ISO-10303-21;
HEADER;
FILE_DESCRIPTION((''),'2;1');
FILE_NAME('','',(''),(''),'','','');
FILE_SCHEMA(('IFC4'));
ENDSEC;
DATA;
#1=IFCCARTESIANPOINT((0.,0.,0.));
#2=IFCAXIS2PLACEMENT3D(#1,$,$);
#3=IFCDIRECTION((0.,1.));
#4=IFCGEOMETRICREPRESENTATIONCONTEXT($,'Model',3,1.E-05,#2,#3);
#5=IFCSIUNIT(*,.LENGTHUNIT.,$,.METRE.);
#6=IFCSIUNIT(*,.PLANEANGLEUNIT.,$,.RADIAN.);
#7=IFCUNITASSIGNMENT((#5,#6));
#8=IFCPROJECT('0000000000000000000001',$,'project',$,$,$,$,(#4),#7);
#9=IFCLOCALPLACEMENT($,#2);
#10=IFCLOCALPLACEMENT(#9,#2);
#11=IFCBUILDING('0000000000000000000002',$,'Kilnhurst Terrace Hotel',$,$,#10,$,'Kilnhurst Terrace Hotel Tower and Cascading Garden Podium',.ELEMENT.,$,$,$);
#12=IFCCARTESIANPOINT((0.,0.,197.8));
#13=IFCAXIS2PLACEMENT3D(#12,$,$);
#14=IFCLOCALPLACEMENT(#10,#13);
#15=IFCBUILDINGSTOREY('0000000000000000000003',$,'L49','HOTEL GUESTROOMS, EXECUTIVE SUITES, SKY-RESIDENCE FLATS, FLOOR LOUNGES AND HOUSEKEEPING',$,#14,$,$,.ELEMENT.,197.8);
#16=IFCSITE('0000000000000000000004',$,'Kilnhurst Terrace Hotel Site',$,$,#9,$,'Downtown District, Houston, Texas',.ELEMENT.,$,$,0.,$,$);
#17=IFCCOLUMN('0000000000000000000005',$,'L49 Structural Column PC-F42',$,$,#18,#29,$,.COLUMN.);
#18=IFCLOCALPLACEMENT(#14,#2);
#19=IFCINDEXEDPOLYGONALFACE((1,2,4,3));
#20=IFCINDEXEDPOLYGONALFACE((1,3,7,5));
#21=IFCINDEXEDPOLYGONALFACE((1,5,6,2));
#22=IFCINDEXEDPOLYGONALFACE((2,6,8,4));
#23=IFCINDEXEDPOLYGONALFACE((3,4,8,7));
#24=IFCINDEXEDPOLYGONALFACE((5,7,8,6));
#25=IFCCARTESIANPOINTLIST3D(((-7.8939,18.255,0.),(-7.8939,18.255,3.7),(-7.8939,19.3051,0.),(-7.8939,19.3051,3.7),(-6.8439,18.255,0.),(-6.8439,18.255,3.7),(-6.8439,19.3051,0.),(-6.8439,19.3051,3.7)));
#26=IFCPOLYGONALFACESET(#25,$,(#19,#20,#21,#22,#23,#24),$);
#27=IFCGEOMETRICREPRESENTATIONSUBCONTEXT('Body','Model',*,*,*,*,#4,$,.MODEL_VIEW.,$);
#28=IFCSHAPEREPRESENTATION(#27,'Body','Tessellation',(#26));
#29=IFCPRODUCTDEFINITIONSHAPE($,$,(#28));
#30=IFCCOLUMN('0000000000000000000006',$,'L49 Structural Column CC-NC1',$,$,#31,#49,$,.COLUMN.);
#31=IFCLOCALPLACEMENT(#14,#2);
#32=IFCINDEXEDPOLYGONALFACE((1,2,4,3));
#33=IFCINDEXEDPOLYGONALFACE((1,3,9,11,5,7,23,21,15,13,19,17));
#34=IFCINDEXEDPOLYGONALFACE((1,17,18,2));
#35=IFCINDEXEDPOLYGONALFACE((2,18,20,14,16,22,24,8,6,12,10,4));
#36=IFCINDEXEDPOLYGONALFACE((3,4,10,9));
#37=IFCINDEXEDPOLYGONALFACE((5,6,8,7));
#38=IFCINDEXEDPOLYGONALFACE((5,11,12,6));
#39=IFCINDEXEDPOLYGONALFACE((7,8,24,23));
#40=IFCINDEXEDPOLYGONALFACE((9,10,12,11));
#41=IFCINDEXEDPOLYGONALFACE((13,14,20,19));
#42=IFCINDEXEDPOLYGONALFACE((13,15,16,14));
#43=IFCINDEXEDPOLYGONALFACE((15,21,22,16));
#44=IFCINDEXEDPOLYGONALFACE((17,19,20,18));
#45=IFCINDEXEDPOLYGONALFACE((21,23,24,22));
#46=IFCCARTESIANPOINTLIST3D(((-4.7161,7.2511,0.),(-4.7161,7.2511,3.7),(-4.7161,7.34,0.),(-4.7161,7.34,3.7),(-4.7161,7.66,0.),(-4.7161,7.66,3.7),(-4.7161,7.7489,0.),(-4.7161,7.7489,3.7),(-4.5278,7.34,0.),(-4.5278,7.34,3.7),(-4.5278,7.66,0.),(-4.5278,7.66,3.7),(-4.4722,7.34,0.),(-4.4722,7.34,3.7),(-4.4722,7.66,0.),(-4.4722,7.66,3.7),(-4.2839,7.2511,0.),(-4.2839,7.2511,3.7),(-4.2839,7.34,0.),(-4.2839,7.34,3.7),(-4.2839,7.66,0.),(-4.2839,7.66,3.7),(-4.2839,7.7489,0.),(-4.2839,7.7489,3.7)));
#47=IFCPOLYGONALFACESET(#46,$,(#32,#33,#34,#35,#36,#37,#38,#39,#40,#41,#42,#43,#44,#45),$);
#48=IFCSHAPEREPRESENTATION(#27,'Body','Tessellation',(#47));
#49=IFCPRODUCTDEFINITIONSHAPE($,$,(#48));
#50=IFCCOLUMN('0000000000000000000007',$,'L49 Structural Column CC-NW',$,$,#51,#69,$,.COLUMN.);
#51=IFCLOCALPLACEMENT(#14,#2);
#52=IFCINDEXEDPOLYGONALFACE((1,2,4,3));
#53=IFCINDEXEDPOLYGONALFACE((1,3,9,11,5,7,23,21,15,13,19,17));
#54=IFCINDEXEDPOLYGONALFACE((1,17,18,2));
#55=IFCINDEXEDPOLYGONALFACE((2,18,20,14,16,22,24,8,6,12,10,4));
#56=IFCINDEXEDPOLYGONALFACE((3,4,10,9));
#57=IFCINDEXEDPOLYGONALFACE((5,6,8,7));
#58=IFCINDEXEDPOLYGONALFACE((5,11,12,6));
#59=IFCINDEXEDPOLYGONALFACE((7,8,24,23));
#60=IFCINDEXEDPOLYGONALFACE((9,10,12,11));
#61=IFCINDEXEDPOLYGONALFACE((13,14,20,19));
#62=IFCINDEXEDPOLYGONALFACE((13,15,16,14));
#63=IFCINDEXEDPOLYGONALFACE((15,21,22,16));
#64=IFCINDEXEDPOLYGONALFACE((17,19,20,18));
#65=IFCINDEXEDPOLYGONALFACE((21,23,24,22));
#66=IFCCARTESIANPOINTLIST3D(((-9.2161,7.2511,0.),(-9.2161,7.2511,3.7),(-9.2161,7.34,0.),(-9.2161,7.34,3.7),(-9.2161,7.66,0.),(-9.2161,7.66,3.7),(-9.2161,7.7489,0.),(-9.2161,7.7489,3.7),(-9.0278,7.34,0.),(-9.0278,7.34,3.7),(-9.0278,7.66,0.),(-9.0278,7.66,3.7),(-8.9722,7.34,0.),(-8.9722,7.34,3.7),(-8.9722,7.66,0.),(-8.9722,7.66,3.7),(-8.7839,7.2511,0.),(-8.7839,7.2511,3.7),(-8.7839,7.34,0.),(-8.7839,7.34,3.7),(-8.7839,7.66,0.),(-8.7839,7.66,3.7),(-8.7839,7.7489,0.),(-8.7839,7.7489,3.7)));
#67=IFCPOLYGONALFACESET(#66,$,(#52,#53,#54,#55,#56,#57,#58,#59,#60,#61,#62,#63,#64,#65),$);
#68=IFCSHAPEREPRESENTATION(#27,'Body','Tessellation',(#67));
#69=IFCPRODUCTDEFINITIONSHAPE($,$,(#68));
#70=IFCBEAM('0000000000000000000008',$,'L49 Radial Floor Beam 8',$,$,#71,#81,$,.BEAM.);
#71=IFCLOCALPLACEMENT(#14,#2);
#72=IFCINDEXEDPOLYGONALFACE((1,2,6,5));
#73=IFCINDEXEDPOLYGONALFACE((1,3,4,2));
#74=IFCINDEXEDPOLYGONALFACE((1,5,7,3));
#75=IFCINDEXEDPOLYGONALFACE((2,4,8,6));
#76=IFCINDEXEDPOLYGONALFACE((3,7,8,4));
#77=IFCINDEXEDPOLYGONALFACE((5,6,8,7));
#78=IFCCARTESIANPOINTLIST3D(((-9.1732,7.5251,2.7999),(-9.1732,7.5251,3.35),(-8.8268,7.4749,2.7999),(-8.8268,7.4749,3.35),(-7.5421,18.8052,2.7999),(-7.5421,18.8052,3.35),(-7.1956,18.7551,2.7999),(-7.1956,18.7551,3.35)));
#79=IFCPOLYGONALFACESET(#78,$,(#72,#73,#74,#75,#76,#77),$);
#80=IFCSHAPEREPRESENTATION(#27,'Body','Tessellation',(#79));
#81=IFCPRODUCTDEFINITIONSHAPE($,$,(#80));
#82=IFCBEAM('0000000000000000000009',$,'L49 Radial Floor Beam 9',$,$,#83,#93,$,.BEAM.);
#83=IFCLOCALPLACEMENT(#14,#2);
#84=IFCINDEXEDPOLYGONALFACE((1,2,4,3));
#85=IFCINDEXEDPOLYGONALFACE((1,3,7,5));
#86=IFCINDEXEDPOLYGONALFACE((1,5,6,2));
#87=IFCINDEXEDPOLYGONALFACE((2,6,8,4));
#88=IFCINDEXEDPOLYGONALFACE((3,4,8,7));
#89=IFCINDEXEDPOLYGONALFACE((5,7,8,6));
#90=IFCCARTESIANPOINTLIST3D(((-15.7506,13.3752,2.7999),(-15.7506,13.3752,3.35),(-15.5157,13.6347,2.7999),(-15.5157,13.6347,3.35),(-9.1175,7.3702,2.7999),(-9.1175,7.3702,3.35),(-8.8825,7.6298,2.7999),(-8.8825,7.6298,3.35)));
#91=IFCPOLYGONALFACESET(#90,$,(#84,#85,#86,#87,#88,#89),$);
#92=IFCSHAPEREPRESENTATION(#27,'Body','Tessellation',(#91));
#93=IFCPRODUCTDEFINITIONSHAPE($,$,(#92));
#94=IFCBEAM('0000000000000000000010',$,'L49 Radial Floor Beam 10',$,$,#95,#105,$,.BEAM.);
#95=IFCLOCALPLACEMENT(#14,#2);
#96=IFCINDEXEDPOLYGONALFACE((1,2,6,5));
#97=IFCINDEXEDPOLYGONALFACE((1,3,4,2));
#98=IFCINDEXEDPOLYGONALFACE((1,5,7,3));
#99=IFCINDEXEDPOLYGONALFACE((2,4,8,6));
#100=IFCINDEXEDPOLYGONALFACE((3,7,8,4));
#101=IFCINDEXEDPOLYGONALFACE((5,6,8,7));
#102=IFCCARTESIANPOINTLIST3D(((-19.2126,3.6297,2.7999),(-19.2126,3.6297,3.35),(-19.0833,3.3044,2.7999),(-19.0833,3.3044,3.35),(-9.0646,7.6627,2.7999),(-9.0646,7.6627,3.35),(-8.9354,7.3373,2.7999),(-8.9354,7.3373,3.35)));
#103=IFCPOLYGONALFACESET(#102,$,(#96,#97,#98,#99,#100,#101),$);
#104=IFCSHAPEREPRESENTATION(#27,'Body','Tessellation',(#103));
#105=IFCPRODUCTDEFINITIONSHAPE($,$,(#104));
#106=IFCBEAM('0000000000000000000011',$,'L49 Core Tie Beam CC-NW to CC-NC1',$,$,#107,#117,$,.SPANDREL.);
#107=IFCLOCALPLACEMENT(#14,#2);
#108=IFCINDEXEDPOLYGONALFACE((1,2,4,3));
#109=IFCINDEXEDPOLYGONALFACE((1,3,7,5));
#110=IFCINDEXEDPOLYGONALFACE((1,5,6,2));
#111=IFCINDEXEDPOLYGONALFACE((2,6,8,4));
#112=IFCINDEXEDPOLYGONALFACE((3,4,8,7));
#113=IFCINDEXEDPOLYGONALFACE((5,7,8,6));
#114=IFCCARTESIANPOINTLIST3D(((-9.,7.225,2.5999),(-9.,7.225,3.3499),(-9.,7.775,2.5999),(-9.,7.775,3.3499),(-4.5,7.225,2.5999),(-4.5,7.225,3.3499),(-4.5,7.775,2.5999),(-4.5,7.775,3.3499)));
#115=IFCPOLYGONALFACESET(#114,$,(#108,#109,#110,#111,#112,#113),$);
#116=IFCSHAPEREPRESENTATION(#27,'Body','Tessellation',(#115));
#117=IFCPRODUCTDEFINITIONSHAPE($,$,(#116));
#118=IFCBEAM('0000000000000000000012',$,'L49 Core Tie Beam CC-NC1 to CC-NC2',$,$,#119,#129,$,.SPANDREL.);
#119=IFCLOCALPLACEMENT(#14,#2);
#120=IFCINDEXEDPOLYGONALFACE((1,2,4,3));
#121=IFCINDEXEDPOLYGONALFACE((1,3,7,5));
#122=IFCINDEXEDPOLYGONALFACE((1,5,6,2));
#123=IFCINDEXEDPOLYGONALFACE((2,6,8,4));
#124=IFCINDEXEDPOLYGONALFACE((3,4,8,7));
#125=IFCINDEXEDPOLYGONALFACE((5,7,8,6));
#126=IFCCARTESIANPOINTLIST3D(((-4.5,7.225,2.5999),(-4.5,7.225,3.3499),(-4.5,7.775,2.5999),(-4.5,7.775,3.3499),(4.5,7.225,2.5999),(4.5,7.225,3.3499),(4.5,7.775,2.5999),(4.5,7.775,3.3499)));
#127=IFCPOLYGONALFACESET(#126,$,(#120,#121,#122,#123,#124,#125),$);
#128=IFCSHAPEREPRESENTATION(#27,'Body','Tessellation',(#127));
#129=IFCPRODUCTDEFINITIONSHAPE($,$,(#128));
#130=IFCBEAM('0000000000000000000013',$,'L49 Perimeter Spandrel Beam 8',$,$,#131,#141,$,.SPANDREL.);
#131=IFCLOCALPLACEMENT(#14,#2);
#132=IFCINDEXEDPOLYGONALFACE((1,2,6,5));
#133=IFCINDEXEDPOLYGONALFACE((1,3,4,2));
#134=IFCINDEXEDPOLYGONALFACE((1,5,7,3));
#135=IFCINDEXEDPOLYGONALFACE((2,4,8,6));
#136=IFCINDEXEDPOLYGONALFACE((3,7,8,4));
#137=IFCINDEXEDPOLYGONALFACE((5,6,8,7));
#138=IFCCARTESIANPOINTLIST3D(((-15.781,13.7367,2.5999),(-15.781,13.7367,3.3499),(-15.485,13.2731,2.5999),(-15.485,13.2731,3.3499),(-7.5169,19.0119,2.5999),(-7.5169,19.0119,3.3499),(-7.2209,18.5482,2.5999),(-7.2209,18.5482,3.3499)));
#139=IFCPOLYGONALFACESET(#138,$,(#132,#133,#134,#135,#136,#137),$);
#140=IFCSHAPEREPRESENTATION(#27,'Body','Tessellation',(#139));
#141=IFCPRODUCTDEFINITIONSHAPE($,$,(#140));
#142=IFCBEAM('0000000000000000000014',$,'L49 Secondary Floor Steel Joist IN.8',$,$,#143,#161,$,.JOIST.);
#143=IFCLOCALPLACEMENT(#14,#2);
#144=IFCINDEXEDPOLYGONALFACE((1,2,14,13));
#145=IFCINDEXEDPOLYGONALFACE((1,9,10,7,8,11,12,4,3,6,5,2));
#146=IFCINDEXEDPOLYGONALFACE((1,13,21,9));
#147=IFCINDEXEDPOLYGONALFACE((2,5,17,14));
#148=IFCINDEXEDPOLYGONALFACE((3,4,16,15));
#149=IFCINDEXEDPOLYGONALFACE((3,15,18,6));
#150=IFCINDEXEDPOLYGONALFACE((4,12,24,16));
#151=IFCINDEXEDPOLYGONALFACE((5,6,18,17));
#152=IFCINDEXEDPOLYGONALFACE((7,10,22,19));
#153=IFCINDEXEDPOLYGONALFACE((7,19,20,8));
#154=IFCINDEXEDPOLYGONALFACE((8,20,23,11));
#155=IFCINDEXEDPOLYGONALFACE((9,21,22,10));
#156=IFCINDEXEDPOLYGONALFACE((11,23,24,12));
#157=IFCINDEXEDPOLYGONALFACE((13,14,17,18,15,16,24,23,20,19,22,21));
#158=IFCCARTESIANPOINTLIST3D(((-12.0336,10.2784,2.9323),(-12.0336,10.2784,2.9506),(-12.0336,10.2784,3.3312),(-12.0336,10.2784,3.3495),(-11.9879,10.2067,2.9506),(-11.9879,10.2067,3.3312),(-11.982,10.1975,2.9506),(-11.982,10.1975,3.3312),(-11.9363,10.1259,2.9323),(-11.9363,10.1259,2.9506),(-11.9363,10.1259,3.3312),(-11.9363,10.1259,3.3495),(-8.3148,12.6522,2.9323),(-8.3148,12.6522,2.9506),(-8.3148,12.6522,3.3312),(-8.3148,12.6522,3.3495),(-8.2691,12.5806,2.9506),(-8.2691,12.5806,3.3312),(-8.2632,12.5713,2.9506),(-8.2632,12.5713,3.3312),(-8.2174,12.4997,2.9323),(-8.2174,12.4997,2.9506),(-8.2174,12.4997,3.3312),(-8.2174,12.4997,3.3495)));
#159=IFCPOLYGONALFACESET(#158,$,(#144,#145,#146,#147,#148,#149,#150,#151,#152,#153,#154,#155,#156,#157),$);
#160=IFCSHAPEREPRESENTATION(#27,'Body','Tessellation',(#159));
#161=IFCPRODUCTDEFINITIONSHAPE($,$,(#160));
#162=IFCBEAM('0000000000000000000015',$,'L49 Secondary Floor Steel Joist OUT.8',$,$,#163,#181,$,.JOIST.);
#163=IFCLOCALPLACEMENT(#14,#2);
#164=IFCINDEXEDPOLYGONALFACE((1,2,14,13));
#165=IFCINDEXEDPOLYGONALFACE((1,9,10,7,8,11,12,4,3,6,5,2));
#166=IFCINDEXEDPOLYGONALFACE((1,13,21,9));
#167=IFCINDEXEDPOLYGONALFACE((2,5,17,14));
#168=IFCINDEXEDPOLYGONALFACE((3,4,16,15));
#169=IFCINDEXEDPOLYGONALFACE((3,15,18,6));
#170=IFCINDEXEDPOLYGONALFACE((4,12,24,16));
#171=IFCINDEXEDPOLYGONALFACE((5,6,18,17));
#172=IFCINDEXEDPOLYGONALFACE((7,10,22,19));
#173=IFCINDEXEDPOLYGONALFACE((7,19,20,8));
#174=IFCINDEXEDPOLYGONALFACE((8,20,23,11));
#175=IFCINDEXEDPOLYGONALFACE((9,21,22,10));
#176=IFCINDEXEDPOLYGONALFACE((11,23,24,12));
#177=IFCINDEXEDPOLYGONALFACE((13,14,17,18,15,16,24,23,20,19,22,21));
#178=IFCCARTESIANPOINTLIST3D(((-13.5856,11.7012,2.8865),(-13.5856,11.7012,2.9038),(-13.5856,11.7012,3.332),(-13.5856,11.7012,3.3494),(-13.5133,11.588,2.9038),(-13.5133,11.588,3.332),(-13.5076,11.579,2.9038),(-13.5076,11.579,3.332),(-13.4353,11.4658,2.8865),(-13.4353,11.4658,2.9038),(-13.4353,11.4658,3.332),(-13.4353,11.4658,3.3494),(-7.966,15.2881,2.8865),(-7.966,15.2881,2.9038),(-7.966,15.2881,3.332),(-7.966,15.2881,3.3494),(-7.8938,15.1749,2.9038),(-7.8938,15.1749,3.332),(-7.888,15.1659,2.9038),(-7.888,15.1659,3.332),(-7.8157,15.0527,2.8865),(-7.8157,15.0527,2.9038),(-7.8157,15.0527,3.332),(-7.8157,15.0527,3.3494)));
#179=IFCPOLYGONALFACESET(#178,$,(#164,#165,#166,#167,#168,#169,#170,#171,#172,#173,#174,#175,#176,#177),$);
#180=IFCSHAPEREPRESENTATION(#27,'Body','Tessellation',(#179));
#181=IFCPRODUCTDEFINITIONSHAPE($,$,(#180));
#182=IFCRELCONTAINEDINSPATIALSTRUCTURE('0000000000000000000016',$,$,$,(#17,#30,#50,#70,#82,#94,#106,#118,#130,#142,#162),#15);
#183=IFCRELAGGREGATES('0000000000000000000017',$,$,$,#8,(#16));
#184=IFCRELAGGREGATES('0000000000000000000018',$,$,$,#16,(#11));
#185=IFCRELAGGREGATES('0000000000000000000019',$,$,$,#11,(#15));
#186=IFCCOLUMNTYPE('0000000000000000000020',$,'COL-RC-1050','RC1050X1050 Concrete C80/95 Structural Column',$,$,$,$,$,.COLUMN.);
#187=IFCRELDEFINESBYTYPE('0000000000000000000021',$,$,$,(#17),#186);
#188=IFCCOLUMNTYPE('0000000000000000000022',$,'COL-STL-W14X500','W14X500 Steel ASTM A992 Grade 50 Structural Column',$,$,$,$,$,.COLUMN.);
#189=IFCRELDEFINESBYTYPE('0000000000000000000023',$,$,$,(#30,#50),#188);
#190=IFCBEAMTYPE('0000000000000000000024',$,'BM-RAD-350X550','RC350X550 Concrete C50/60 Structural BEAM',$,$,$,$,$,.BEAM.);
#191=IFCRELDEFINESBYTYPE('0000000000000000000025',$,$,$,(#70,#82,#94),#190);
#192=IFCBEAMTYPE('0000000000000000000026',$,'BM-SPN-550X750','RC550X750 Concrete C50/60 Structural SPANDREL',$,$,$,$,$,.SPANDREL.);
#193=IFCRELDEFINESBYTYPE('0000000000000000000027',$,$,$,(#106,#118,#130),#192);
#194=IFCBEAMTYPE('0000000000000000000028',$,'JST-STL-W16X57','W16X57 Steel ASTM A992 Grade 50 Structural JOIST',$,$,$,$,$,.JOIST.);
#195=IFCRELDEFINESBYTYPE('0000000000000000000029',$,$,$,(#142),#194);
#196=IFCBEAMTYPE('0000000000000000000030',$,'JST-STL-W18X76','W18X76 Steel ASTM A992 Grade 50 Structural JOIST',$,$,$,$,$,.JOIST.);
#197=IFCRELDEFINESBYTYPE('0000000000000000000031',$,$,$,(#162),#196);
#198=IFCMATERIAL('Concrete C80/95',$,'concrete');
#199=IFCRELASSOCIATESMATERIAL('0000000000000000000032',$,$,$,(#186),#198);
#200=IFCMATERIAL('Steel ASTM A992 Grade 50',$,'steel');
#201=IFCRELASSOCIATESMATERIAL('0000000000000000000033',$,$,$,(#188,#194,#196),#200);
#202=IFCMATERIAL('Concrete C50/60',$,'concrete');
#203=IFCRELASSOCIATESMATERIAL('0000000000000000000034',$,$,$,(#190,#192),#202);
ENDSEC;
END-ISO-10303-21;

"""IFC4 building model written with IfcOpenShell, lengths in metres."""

from ifc_helpers import new_model, si_unit, direction, frame, origin, origin_2d, place, context, subcontext, project, spatial, rectangle, i_section, extrude, material, material_profile, profile_set, type_object, element, save


model = new_model("IFC4")

# Units and contexts
model_context = context("Model", 3, precision=1e-05, world=origin(), true_north=direction((0.0, 1.0)))
body_context = subcontext(model_context, "Body", "Model", "MODEL_VIEW")
ifc_project = project(units=[si_unit("LENGTHUNIT", "METRE"), si_unit("PLANEANGLEUNIT", "RADIAN")], contexts=[model_context])

# Site, building, storey
site_placement = place(None, origin())
site = spatial("IfcSite", under=ifc_project, at=site_placement, Name="Kilnhurst Terrace Hotel Site", LongName="Downtown District, Houston, Texas", CompositionType="ELEMENT", RefElevation=0.0)
building_placement = place(site_placement, origin())
building = spatial("IfcBuilding", under=site, at=building_placement, Name="Kilnhurst Terrace Hotel", LongName="Kilnhurst Terrace Hotel Tower and Cascading Garden Podium", CompositionType="ELEMENT")
storey_placement = place(building_placement, frame((0.0, 0.0, 197.8)))
storey = spatial("IfcBuildingStorey", under=building, at=storey_placement, Name="L49", Description="HOTEL GUESTROOMS, EXECUTIVE SUITES, SKY-RESIDENCE FLATS, FLOOR LOUNGES AND HOUSEKEEPING", CompositionType="ELEMENT", Elevation=197.8)

# Columns
ifc_material_1 = material(Name="Concrete C80/95", Category="concrete")
ifc_material_profile_1 = material_profile(ifc_material_1, rectangle(XDim=1.05, YDim=1.05, at=origin_2d()), Name="RC1050X1050")
ifc_profile_set_1 = profile_set([ifc_material_profile_1], Name="Concrete C80/95")
column_type_1 = type_object("IfcColumnType", Name="COL-RC-1050", Description="RC1050X1050 Concrete C80/95 Structural Column", PredefinedType="COLUMN", material=ifc_profile_set_1)
column_placement = place(storey_placement, frame((-7.3689, 18.78, 0.0), z_axis=(0.0, 0.0, 1.0), x_axis=(1.0, 0.0, 0.0)))
element("IfcColumn", 1, at=column_placement, inside=storey, type_object=column_type_1, Name="L49 Structural Column PC-F42", PredefinedType="COLUMN", context=body_context, shape_type="SweptSolid", body=[
    extrude(rectangle(XDim=1.05, YDim=1.05, at=origin_2d()), origin(), (0.0, 0.0, 1.0), 3.7),
])
ifc_material_2 = material(Name="Steel ASTM A992 Grade 50", Category="steel")
ifc_material_profile_2 = material_profile(ifc_material_2, i_section(OverallWidth=0.4321, OverallDepth=0.4978, WebThickness=0.0557, FlangeThickness=0.0889, at=origin_2d()), Name="W14X500")
ifc_profile_set_2 = profile_set([ifc_material_profile_2], Name="Steel ASTM A992 Grade 50")
column_type_2 = type_object("IfcColumnType", Name="COL-STL-W14X500", Description="W14X500 Steel ASTM A992 Grade 50 Structural Column", PredefinedType="COLUMN", material=ifc_profile_set_2)
for number, where, z_axis, x_axis, name in (
    (2, (-4.5, 7.5, 0.0), (0.0, 0.0, 1.0), (1.0, 0.0, 0.0), "L49 Structural Column CC-NC1"),
    (3, (-9.0, 7.5, 0.0), (0.0, 0.0, 1.0), (1.0, 0.0, 0.0), "L49 Structural Column CC-NW"),
):
    element("IfcColumn", number, at=place(storey_placement, frame(where, z_axis=z_axis, x_axis=x_axis)), inside=storey, type_object=column_type_2, Name=name, PredefinedType="COLUMN", context=body_context, shape_type="SweptSolid", body=[
        extrude(i_section(OverallWidth=0.4321, OverallDepth=0.4978, WebThickness=0.0557, FlangeThickness=0.0889, at=origin_2d()), origin(), (0.0, 0.0, 1.0), 3.7),
    ])

# Beams
ifc_material_3 = material(Name="Concrete C50/60", Category="concrete")
ifc_material_profile_3 = material_profile(ifc_material_3, rectangle(XDim=0.3501, YDim=0.55, at=origin_2d()), Name="RC350X550")
ifc_profile_set_3 = profile_set([ifc_material_profile_3], Name="Concrete C50/60")
beam_type_1 = type_object("IfcBeamType", Name="BM-RAD-350X550", Description="RC350X550 Concrete C50/60 Structural BEAM", PredefinedType="BEAM", material=ifc_profile_set_3)
beam_1_placement = place(storey_placement, frame((-9.0, 7.5, 3.075), z_axis=(0.143113, 0.989706, 0.0), x_axis=(-0.989706, 0.143113, 0.0)))
element("IfcBeam", 4, at=beam_1_placement, inside=storey, type_object=beam_type_1, Name="L49 Radial Floor Beam 8", PredefinedType="BEAM", context=body_context, shape_type="SweptSolid", body=[
    extrude(rectangle(XDim=0.3501, YDim=0.55, at=origin_2d()), origin(), (0.0, 0.0, 1.0), 11.3975),
])
beam_2_placement = place(storey_placement, frame((-9.0, 7.5, 3.075), z_axis=(-0.741339, 0.671131, 0.0), x_axis=(-0.671131, -0.741339, 0.0)))
element("IfcBeam", 5, at=beam_2_placement, inside=storey, type_object=beam_type_1, Name="L49 Radial Floor Beam 9", PredefinedType="BEAM", context=body_context, shape_type="SweptSolid", body=[
    extrude(rectangle(XDim=0.3501, YDim=0.55, at=origin_2d()), origin(), (0.0, 0.0, 1.0), 8.9475),
])
beam_3_placement = place(storey_placement, frame((-9.0, 7.5, 3.075), z_axis=(-0.929302, -0.36932, 0.0), x_axis=(0.36932, -0.929302, 0.0)))
element("IfcBeam", 6, at=beam_3_placement, inside=storey, type_object=beam_type_1, Name="L49 Radial Floor Beam 10", PredefinedType="BEAM", context=body_context, shape_type="SweptSolid", body=[
    extrude(rectangle(XDim=0.3501, YDim=0.55, at=origin_2d()), origin(), (0.0, 0.0, 1.0), 10.9199),
])
ifc_material_profile_4 = material_profile(ifc_material_3, rectangle(XDim=0.55, YDim=0.75, at=origin_2d()), Name="RC550X750")
ifc_profile_set_4 = profile_set([ifc_material_profile_4], Name="Concrete C50/60")
beam_type_2 = type_object("IfcBeamType", Name="BM-SPN-550X750", Description="RC550X750 Concrete C50/60 Structural SPANDREL", PredefinedType="SPANDREL", material=ifc_profile_set_4)
beam_4_placement = place(storey_placement, frame((-9.0, 7.5, 2.9749), z_axis=(1.0, 0.0, 0.0), x_axis=(0.0, 1.0, 0.0)))
element("IfcBeam", 7, at=beam_4_placement, inside=storey, type_object=beam_type_2, Name="L49 Core Tie Beam CC-NW to CC-NC1", PredefinedType="SPANDREL", context=body_context, shape_type="SweptSolid", body=[
    extrude(rectangle(XDim=0.55, YDim=0.75, at=origin_2d()), origin(), (0.0, 0.0, 1.0), 4.5),
])
beam_5_placement = place(storey_placement, frame((-4.5, 7.5, 2.9749), z_axis=(1.0, 0.0, 0.0), x_axis=(0.0, 1.0, 0.0)))
element("IfcBeam", 8, at=beam_5_placement, inside=storey, type_object=beam_type_2, Name="L49 Core Tie Beam CC-NC1 to CC-NC2", PredefinedType="SPANDREL", context=body_context, shape_type="SweptSolid", body=[
    extrude(rectangle(XDim=0.55, YDim=0.75, at=origin_2d()), origin(), (0.0, 0.0, 1.0), 9.0),
])
beam_6_placement = place(storey_placement, frame((-7.3689, 18.78, 2.9749), z_axis=(-0.842915, -0.538046, 0.0), x_axis=(0.538046, -0.842915, 0.0)))
element("IfcBeam", 9, at=beam_6_placement, inside=storey, type_object=beam_type_2, Name="L49 Perimeter Spandrel Beam 8", PredefinedType="SPANDREL", context=body_context, shape_type="SweptSolid", body=[
    extrude(rectangle(XDim=0.55, YDim=0.75, at=origin_2d()), origin(), (0.0, 0.0, 1.0), 9.8042),
])
ifc_material_profile_5 = material_profile(ifc_material_2, i_section(OverallWidth=0.1809, OverallDepth=0.4172, WebThickness=0.011, FlangeThickness=0.0183, at=origin_2d()), Name="W16X57")
ifc_profile_set_5 = profile_set([ifc_material_profile_5], Name="Steel ASTM A992 Grade 50")
beam_type_3 = type_object("IfcBeamType", Name="JST-STL-W16X57", Description="W16X57 Steel ASTM A992 Grade 50 Structural JOIST", PredefinedType="JOIST", material=ifc_profile_set_5)
beam_7_placement = place(storey_placement, frame((-8.2661, 12.5759, 3.1409), z_axis=(-0.842911, -0.538053, 0.0), x_axis=(0.538053, -0.842911, 0.0)))
element("IfcBeam", 10, at=beam_7_placement, inside=storey, type_object=beam_type_3, Name="L49 Secondary Floor Steel Joist IN.8", PredefinedType="JOIST", context=body_context, shape_type="SweptSolid", body=[
    extrude(i_section(OverallWidth=0.1809, OverallDepth=0.4172, WebThickness=0.011, FlangeThickness=0.0183, at=origin_2d()), origin(), (0.0, 0.0, 1.0), 4.4119),
])
ifc_material_profile_6 = material_profile(ifc_material_2, i_section(OverallWidth=0.2793, OverallDepth=0.4629, WebThickness=0.0107, FlangeThickness=0.0173, at=origin_2d()), Name="W18X76")
ifc_profile_set_6 = profile_set([ifc_material_profile_6], Name="Steel ASTM A992 Grade 50")
beam_type_4 = type_object("IfcBeamType", Name="JST-STL-W18X76", Description="W18X76 Steel ASTM A992 Grade 50 Structural JOIST", PredefinedType="JOIST", material=ifc_profile_set_6)
beam_8_placement = place(storey_placement, frame((-7.8909, 15.1704, 3.1179), z_axis=(-0.842928, -0.538027, 0.0), x_axis=(0.538027, -0.842928, 0.0)))
element("IfcBeam", 11, at=beam_8_placement, inside=storey, type_object=beam_type_4, Name="L49 Secondary Floor Steel Joist OUT.8", PredefinedType="JOIST", context=body_context, shape_type="SweptSolid", body=[
    extrude(i_section(OverallWidth=0.2793, OverallDepth=0.4629, WebThickness=0.0107, FlangeThickness=0.0173, at=origin_2d()), origin(), (0.0, 0.0, 1.0), 6.6667),
])

save(model, "model.ifc")
